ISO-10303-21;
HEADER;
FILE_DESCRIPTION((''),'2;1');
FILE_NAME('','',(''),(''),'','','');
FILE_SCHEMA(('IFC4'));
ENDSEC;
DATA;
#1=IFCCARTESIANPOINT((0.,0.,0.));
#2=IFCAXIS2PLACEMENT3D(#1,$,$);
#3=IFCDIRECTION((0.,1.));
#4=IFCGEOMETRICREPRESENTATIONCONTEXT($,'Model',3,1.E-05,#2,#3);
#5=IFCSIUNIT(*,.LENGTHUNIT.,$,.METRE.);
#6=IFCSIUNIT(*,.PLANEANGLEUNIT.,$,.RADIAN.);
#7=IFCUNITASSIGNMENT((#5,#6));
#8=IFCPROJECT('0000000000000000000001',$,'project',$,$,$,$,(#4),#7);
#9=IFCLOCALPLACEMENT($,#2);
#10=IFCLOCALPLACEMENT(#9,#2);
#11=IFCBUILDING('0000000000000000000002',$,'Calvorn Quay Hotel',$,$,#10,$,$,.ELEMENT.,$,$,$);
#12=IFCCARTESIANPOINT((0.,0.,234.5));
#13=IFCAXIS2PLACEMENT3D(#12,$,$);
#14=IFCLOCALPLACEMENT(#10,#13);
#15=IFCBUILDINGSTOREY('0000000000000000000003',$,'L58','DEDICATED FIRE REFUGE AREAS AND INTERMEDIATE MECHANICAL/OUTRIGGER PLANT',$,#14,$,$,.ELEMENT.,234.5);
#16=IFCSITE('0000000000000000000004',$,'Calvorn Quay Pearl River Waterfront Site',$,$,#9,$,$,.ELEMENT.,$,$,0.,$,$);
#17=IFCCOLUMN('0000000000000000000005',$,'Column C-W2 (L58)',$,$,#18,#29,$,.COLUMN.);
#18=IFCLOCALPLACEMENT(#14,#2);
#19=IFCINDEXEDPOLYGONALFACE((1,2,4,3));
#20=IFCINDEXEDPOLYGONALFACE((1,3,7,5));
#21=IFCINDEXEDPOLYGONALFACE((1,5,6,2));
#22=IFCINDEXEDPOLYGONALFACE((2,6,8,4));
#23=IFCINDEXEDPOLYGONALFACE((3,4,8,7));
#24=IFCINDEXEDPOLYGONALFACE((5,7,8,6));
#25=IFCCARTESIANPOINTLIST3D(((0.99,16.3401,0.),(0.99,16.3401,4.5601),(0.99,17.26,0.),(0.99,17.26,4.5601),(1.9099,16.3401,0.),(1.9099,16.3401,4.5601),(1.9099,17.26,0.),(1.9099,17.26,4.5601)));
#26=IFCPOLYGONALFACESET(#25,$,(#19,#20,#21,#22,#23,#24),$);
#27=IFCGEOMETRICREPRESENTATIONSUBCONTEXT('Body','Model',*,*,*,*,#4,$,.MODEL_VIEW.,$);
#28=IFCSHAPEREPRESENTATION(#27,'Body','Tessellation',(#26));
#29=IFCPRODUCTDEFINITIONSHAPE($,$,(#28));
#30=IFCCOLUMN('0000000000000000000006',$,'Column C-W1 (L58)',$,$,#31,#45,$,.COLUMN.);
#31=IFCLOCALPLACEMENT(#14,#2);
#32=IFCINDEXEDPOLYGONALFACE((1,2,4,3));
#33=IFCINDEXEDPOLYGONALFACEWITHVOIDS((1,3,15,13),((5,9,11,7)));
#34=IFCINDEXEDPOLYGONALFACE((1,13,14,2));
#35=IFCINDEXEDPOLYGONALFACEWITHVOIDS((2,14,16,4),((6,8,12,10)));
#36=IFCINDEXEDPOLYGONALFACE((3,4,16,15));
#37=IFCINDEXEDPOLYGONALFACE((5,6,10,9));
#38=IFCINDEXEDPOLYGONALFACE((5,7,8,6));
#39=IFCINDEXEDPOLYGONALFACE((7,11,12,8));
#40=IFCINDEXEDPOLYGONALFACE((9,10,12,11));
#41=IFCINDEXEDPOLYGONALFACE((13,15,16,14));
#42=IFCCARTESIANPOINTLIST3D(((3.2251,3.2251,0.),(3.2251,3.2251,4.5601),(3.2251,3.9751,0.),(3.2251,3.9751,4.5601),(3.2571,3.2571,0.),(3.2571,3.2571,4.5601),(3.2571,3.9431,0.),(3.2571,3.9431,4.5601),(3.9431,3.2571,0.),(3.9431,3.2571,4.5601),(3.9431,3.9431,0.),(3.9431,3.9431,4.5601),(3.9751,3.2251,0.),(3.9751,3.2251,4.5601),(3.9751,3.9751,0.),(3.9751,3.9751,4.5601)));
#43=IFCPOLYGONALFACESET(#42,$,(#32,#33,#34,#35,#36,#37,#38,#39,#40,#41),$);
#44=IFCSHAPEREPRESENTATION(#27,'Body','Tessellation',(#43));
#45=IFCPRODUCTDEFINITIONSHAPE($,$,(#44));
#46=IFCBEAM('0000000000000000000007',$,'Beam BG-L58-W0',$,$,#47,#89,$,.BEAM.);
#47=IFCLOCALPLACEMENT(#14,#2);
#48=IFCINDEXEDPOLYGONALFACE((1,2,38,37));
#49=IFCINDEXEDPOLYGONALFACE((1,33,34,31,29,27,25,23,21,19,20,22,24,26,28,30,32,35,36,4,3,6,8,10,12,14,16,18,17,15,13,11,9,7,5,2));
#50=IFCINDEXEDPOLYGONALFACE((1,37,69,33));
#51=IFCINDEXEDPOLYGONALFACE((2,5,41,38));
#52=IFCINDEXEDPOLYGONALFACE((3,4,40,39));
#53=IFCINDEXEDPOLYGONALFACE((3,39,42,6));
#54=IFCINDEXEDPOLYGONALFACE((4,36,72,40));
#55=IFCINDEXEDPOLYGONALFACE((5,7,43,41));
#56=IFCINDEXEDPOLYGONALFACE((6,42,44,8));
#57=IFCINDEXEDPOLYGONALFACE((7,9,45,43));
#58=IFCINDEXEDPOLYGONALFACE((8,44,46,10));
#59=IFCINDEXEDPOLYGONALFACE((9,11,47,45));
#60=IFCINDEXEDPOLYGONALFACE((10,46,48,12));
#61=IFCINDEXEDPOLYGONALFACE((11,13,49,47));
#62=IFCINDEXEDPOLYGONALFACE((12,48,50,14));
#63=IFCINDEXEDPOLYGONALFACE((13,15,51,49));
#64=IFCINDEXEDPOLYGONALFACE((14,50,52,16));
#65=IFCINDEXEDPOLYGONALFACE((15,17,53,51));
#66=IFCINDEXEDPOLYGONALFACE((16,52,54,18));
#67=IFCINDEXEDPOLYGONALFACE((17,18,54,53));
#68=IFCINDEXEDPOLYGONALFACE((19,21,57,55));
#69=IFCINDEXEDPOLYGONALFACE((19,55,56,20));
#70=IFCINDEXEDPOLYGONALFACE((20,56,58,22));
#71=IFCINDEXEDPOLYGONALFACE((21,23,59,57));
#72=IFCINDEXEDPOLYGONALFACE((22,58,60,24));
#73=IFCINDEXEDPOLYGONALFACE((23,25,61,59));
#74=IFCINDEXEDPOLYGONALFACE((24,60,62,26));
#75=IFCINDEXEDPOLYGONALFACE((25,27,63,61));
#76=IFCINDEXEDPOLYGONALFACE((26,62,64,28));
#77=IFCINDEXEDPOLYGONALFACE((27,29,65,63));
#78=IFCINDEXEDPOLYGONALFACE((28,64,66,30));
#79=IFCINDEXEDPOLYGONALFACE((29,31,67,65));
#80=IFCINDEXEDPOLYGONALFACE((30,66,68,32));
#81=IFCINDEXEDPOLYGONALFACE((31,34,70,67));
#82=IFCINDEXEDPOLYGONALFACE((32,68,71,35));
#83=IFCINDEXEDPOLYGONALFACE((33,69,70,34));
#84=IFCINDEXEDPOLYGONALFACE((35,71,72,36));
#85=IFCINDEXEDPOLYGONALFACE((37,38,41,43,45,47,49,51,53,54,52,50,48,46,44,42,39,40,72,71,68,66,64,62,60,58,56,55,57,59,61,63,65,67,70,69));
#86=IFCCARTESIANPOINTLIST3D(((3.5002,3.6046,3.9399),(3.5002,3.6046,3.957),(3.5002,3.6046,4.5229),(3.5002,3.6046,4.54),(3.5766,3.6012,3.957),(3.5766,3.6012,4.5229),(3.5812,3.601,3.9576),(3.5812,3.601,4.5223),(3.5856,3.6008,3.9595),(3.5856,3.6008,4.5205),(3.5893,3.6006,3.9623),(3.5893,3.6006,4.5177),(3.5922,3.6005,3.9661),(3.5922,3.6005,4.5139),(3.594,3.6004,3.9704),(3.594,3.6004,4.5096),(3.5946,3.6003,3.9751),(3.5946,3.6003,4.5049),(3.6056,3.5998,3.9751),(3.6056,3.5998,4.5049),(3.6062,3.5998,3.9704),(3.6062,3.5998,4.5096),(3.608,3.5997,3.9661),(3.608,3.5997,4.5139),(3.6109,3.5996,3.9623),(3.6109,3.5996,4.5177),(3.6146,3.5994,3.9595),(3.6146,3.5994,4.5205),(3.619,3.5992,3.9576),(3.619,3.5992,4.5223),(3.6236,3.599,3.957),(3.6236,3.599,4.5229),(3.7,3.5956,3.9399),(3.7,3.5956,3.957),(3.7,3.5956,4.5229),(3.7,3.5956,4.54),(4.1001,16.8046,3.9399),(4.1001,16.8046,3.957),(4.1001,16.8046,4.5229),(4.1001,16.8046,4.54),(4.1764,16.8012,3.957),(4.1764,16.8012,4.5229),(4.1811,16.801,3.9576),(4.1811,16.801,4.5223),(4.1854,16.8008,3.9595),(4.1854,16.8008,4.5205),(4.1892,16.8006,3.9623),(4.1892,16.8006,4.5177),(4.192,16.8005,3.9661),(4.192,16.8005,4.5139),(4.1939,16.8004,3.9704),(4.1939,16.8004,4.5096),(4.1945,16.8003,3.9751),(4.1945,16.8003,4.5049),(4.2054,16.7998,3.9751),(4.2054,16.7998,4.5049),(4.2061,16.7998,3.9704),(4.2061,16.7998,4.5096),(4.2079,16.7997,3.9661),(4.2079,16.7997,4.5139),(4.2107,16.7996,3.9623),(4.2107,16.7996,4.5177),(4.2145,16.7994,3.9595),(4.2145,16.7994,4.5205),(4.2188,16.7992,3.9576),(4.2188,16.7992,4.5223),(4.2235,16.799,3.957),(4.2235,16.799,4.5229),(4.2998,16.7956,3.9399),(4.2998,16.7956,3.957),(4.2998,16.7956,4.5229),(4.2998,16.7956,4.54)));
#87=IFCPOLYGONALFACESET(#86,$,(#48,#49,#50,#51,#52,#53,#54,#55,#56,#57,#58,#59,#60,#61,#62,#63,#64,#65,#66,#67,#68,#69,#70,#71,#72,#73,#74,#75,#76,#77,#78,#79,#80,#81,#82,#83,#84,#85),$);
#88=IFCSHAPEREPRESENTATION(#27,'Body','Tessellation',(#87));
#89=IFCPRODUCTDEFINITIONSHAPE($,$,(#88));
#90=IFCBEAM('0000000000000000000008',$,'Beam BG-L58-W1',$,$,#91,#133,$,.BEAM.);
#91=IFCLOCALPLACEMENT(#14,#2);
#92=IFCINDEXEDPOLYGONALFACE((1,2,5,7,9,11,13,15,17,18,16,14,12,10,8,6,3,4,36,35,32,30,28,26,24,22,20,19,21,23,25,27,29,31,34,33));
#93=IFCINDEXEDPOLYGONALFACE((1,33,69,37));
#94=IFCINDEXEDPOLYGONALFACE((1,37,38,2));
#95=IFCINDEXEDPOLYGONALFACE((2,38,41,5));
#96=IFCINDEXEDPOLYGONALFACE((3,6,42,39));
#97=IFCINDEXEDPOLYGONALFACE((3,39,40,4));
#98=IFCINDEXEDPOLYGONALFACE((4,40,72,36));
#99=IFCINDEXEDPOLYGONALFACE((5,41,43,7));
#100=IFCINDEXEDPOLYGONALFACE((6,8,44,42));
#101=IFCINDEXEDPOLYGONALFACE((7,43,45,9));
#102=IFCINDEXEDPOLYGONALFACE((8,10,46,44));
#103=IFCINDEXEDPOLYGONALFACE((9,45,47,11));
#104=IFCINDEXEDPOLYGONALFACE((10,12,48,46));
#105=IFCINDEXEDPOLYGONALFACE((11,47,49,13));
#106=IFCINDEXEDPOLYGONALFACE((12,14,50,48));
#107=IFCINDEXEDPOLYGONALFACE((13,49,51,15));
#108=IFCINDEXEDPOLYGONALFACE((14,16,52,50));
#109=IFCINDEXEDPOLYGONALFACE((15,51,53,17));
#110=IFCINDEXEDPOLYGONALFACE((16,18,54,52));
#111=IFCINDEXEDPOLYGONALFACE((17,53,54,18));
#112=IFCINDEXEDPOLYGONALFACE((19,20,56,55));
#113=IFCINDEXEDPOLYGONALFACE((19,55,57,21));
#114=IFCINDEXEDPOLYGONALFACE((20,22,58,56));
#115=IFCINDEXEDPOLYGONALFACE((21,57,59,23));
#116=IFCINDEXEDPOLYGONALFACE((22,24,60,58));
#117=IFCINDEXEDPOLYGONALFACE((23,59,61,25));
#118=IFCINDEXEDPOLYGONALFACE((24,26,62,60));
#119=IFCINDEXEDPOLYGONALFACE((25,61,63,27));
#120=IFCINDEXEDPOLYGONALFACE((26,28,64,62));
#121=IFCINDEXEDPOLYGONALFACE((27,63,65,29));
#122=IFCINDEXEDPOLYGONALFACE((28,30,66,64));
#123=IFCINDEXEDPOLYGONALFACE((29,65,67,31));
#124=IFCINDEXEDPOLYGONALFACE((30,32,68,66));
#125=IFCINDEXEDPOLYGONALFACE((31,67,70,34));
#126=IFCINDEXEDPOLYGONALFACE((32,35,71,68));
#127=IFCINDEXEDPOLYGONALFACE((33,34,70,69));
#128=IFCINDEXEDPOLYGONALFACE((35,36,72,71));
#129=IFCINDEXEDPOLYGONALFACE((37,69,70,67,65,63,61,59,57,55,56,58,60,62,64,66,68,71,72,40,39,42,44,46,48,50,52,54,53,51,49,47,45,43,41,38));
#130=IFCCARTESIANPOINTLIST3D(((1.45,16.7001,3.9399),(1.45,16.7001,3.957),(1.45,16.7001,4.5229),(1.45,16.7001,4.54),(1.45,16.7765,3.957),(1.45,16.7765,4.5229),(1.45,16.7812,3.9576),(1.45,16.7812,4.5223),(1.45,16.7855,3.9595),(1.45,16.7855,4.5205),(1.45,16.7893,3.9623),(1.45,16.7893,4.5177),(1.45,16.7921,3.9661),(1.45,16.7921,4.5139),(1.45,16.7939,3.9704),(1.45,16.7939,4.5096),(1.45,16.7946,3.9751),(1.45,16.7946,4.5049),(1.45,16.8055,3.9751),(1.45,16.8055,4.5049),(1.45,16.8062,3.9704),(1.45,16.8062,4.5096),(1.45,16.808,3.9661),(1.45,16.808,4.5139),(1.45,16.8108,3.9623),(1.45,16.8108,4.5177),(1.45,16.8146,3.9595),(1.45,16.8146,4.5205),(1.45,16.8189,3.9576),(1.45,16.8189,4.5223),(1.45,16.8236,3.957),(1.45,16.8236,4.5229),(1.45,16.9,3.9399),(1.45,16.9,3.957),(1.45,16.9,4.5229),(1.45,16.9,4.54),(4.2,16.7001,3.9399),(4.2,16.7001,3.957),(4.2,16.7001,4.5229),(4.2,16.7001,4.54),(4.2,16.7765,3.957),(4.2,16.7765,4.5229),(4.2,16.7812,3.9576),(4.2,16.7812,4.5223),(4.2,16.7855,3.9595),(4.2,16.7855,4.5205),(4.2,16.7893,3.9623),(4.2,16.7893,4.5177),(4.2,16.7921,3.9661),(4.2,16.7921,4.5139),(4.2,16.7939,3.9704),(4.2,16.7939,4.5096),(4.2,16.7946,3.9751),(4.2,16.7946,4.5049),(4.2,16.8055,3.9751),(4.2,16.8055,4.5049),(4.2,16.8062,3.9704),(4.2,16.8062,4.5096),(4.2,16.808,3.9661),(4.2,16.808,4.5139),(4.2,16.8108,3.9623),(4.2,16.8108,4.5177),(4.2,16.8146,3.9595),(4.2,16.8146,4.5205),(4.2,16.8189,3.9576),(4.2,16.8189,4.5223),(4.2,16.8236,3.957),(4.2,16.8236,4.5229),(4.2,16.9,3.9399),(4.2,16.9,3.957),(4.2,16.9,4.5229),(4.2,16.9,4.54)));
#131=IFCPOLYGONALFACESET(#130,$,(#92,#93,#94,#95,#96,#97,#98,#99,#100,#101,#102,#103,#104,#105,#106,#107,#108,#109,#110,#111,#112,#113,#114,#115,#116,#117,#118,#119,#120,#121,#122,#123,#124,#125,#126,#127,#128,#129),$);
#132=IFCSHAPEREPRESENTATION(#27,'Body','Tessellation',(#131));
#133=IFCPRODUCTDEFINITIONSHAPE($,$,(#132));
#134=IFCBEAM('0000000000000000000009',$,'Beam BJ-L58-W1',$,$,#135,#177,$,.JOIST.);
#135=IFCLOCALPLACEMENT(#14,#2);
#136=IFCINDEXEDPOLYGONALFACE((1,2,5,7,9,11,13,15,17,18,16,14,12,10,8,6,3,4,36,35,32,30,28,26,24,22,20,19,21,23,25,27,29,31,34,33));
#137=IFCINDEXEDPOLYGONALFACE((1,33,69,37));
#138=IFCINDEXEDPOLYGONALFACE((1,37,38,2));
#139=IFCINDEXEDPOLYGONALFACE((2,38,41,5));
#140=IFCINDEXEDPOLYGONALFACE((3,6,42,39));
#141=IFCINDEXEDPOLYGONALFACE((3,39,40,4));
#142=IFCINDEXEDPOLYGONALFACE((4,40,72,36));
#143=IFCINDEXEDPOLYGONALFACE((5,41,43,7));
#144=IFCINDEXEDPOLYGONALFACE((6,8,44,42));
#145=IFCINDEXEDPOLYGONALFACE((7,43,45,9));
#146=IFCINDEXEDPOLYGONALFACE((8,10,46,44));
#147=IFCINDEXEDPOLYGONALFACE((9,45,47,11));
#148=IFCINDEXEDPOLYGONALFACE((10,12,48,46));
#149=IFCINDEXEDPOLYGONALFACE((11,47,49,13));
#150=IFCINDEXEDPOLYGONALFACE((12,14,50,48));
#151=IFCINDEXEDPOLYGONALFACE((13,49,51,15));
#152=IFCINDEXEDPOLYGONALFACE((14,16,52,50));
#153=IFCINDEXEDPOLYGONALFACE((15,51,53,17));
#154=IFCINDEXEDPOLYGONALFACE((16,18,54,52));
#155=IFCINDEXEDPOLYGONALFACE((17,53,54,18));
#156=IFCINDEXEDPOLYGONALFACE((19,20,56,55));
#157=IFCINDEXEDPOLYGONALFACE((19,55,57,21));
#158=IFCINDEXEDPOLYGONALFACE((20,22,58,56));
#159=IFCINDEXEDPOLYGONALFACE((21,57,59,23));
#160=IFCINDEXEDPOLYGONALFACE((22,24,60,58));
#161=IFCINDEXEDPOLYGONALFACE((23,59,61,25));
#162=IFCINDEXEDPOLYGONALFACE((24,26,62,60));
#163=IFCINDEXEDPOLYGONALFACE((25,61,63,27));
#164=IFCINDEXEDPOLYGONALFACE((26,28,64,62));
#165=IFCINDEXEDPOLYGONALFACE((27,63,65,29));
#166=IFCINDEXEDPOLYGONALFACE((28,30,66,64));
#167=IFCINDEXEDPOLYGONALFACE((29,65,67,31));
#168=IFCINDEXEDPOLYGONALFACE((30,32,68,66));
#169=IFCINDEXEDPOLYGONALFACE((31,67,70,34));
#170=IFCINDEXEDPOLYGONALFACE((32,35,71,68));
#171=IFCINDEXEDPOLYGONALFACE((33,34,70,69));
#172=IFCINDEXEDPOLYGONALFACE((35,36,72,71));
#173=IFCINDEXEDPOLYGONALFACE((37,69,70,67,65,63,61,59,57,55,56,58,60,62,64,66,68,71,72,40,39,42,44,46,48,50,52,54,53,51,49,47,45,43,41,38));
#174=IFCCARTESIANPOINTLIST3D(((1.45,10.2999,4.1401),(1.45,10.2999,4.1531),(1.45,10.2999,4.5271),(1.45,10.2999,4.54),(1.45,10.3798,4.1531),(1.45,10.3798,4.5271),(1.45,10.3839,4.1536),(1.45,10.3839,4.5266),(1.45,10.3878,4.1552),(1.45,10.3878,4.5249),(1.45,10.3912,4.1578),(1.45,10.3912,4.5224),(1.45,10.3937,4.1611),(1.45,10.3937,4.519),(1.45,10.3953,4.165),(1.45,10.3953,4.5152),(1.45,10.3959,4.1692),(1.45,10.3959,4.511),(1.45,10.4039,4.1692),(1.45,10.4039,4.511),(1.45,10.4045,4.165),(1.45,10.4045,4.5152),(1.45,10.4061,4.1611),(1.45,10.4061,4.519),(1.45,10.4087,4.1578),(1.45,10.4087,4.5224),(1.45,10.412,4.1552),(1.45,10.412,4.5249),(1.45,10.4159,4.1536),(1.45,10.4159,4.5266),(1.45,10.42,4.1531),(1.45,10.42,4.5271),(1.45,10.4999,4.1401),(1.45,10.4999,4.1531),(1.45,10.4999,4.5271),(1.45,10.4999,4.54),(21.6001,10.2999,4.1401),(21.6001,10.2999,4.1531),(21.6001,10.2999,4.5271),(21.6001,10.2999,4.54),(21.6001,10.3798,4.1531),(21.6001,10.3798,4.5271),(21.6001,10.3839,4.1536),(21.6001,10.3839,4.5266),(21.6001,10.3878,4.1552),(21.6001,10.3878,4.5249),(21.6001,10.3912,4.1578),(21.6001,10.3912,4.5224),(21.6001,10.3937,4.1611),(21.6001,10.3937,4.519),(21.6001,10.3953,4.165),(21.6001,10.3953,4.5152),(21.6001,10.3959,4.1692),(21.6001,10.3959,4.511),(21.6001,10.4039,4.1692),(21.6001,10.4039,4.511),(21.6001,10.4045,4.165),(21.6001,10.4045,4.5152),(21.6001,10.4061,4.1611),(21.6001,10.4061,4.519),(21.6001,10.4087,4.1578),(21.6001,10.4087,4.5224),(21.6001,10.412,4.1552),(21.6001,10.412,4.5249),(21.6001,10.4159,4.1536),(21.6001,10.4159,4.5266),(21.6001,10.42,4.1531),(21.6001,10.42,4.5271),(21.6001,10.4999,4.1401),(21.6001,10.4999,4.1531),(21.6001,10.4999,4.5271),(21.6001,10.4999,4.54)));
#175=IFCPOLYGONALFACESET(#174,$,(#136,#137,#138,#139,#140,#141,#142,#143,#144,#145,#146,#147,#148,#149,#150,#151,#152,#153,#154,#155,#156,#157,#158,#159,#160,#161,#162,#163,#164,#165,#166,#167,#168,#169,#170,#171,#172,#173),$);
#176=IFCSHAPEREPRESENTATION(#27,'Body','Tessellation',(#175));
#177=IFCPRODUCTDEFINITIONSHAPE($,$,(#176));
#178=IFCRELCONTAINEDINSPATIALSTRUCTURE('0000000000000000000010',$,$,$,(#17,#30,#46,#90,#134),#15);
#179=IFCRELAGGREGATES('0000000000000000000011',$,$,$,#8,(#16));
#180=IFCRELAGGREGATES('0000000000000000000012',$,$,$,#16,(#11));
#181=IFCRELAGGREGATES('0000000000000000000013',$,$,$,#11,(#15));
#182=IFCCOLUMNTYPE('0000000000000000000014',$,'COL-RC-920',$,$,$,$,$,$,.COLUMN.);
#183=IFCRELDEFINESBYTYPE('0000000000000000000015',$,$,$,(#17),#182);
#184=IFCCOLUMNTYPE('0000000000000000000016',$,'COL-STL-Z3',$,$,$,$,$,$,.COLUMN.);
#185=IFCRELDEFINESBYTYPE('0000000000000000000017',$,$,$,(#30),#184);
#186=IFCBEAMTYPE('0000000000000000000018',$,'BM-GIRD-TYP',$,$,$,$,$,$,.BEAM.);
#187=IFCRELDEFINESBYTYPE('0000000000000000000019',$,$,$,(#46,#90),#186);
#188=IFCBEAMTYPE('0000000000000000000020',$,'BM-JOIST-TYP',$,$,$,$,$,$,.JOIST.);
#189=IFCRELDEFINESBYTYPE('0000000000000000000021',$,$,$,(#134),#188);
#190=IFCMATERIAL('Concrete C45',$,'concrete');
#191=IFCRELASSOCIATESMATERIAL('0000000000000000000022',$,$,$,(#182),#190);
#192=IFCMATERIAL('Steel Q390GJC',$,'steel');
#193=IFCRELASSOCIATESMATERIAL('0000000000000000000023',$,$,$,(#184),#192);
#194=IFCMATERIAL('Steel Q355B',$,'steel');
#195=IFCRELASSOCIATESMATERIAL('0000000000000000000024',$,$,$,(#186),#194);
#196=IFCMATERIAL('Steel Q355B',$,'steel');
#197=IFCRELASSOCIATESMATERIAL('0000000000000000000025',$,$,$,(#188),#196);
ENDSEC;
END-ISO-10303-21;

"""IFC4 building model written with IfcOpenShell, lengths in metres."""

from ifc_helpers import new_model, si_unit, direction, frame, origin, origin_2d, place, context, subcontext, project, spatial, rectangle, hollow_rectangle, i_section, extrude, material, material_profile, profile_set, type_object, element, save


model = new_model("IFC4")

# Units and contexts
model_context = context("Model", 3, precision=1e-05, world=origin(), true_north=direction((0.0, 1.0)))
body_context = subcontext(model_context, "Body", "Model", "MODEL_VIEW")
ifc_project = project(units=[si_unit("LENGTHUNIT", "METRE"), si_unit("PLANEANGLEUNIT", "RADIAN")], contexts=[model_context])

# Site, building, storey
site_placement = place(None, origin())
site = spatial("IfcSite", under=ifc_project, at=site_placement, Name="Calvorn Quay Pearl River Waterfront Site", CompositionType="ELEMENT", RefElevation=0.0)
building_placement = place(site_placement, origin())
building = spatial("IfcBuilding", under=site, at=building_placement, Name="Calvorn Quay Hotel", CompositionType="ELEMENT")
storey_placement = place(building_placement, frame((0.0, 0.0, 234.5)))
storey = spatial("IfcBuildingStorey", under=building, at=storey_placement, Name="L58", Description="DEDICATED FIRE REFUGE AREAS AND INTERMEDIATE MECHANICAL/OUTRIGGER PLANT", CompositionType="ELEMENT", Elevation=234.5)

# Columns
ifc_material_1 = material(Name="Concrete C45", Category="concrete")
ifc_material_profile_1 = material_profile(ifc_material_1, rectangle(XDim=0.9199, YDim=0.9199, at=origin_2d()), Name="RC920x920")
ifc_profile_set_1 = profile_set([ifc_material_profile_1], Name="Concrete C45")
column_type_1 = type_object("IfcColumnType", Name="COL-RC-920", PredefinedType="COLUMN", material=ifc_profile_set_1)
column_1_placement = place(storey_placement, frame((1.45, 16.8, 0.0), z_axis=(0.0, 0.0, 1.0), x_axis=(1.0, 0.0, 0.0)))
element("IfcColumn", 1, at=column_1_placement, inside=storey, type_object=column_type_1, Name="Column C-W2 (L58)", PredefinedType="COLUMN", context=body_context, shape_type="SweptSolid", body=[
    extrude(rectangle(XDim=0.9199, YDim=0.9199, at=origin_2d()), origin(), (0.0, 0.0, 1.0), 4.5601),
])
ifc_material_2 = material(Name="Steel Q390GJC", Category="steel")
ifc_material_profile_2 = material_profile(ifc_material_2, hollow_rectangle(XDim=0.75, YDim=0.75, WallThickness=0.032, at=origin_2d()), Name="BOX750x750x32")
ifc_profile_set_2 = profile_set([ifc_material_profile_2], Name="Steel Q390GJC")
column_type_2 = type_object("IfcColumnType", Name="COL-STL-Z3", PredefinedType="COLUMN", material=ifc_profile_set_2)
column_2_placement = place(storey_placement, frame((3.6001, 3.6001, 0.0), z_axis=(0.0, 0.0, 1.0), x_axis=(1.0, 0.0, 0.0)))
element("IfcColumn", 2, at=column_2_placement, inside=storey, type_object=column_type_2, Name="Column C-W1 (L58)", PredefinedType="COLUMN", context=body_context, shape_type="SweptSolid", body=[
    extrude(hollow_rectangle(XDim=0.75, YDim=0.75, WallThickness=0.032, at=origin_2d()), origin(), (0.0, 0.0, 1.0), 4.5601),
])

# Beams
ifc_material_3 = material(Name="Steel Q355B", Category="steel")
ifc_material_profile_3 = material_profile(ifc_material_3, i_section(OverallWidth=0.2, OverallDepth=0.6001, WebThickness=0.011, FlangeThickness=0.0171, FilletRadius=0.0181, at=origin_2d()), Name="HN600x200x11x17")
ifc_profile_set_3 = profile_set([ifc_material_profile_3], Name="Steel Q355B")
beam_type_1 = type_object("IfcBeamType", Name="BM-GIRD-TYP", PredefinedType="BEAM", material=ifc_profile_set_3)
beam_1_placement = place(storey_placement, frame((3.6001, 3.6001, 4.24), z_axis=(0.045397, 0.998969, 0.0), x_axis=(-0.998969, 0.045397, 0.0)))
element("IfcBeam", 3, at=beam_1_placement, inside=storey, type_object=beam_type_1, Name="Beam BG-L58-W0", PredefinedType="BEAM", context=body_context, shape_type="SweptSolid", body=[
    extrude(i_section(OverallWidth=0.2, OverallDepth=0.6001, WebThickness=0.011, FlangeThickness=0.0171, FilletRadius=0.0181, at=origin_2d()), origin(), (0.0, 0.0, 1.0), 13.2136),
])
beam_2_placement = place(storey_placement, frame((1.45, 16.8, 4.24), z_axis=(1.0, 0.0, 0.0), x_axis=(0.0, 1.0, 0.0)))
element("IfcBeam", 4, at=beam_2_placement, inside=storey, type_object=beam_type_1, Name="Beam BG-L58-W1", PredefinedType="BEAM", context=body_context, shape_type="SweptSolid", body=[
    extrude(i_section(OverallWidth=0.2, OverallDepth=0.6001, WebThickness=0.011, FlangeThickness=0.0171, FilletRadius=0.0181, at=origin_2d()), origin(), (0.0, 0.0, 1.0), 2.75),
])
ifc_material_4 = material(Name="Steel Q355B", Category="steel")
ifc_material_profile_4 = material_profile(ifc_material_4, i_section(OverallWidth=0.2, OverallDepth=0.3999, WebThickness=0.0081, FlangeThickness=0.0129, FilletRadius=0.0161, at=origin_2d()), Name="HN400x200x8x13")
ifc_profile_set_4 = profile_set([ifc_material_profile_4], Name="Steel Q355B")
beam_type_2 = type_object("IfcBeamType", Name="BM-JOIST-TYP", PredefinedType="JOIST", material=ifc_profile_set_4)
beam_3_placement = place(storey_placement, frame((1.45, 10.3999, 4.3401), z_axis=(1.0, 0.0, 0.0), x_axis=(0.0, 1.0, 0.0)))
element("IfcBeam", 5, at=beam_3_placement, inside=storey, type_object=beam_type_2, Name="Beam BJ-L58-W1", PredefinedType="JOIST", context=body_context, shape_type="SweptSolid", body=[
    extrude(i_section(OverallWidth=0.2, OverallDepth=0.3999, WebThickness=0.0081, FlangeThickness=0.0129, FilletRadius=0.0161, at=origin_2d()), origin(), (0.0, 0.0, 1.0), 20.1501),
])

save(model, "model.ifc")
